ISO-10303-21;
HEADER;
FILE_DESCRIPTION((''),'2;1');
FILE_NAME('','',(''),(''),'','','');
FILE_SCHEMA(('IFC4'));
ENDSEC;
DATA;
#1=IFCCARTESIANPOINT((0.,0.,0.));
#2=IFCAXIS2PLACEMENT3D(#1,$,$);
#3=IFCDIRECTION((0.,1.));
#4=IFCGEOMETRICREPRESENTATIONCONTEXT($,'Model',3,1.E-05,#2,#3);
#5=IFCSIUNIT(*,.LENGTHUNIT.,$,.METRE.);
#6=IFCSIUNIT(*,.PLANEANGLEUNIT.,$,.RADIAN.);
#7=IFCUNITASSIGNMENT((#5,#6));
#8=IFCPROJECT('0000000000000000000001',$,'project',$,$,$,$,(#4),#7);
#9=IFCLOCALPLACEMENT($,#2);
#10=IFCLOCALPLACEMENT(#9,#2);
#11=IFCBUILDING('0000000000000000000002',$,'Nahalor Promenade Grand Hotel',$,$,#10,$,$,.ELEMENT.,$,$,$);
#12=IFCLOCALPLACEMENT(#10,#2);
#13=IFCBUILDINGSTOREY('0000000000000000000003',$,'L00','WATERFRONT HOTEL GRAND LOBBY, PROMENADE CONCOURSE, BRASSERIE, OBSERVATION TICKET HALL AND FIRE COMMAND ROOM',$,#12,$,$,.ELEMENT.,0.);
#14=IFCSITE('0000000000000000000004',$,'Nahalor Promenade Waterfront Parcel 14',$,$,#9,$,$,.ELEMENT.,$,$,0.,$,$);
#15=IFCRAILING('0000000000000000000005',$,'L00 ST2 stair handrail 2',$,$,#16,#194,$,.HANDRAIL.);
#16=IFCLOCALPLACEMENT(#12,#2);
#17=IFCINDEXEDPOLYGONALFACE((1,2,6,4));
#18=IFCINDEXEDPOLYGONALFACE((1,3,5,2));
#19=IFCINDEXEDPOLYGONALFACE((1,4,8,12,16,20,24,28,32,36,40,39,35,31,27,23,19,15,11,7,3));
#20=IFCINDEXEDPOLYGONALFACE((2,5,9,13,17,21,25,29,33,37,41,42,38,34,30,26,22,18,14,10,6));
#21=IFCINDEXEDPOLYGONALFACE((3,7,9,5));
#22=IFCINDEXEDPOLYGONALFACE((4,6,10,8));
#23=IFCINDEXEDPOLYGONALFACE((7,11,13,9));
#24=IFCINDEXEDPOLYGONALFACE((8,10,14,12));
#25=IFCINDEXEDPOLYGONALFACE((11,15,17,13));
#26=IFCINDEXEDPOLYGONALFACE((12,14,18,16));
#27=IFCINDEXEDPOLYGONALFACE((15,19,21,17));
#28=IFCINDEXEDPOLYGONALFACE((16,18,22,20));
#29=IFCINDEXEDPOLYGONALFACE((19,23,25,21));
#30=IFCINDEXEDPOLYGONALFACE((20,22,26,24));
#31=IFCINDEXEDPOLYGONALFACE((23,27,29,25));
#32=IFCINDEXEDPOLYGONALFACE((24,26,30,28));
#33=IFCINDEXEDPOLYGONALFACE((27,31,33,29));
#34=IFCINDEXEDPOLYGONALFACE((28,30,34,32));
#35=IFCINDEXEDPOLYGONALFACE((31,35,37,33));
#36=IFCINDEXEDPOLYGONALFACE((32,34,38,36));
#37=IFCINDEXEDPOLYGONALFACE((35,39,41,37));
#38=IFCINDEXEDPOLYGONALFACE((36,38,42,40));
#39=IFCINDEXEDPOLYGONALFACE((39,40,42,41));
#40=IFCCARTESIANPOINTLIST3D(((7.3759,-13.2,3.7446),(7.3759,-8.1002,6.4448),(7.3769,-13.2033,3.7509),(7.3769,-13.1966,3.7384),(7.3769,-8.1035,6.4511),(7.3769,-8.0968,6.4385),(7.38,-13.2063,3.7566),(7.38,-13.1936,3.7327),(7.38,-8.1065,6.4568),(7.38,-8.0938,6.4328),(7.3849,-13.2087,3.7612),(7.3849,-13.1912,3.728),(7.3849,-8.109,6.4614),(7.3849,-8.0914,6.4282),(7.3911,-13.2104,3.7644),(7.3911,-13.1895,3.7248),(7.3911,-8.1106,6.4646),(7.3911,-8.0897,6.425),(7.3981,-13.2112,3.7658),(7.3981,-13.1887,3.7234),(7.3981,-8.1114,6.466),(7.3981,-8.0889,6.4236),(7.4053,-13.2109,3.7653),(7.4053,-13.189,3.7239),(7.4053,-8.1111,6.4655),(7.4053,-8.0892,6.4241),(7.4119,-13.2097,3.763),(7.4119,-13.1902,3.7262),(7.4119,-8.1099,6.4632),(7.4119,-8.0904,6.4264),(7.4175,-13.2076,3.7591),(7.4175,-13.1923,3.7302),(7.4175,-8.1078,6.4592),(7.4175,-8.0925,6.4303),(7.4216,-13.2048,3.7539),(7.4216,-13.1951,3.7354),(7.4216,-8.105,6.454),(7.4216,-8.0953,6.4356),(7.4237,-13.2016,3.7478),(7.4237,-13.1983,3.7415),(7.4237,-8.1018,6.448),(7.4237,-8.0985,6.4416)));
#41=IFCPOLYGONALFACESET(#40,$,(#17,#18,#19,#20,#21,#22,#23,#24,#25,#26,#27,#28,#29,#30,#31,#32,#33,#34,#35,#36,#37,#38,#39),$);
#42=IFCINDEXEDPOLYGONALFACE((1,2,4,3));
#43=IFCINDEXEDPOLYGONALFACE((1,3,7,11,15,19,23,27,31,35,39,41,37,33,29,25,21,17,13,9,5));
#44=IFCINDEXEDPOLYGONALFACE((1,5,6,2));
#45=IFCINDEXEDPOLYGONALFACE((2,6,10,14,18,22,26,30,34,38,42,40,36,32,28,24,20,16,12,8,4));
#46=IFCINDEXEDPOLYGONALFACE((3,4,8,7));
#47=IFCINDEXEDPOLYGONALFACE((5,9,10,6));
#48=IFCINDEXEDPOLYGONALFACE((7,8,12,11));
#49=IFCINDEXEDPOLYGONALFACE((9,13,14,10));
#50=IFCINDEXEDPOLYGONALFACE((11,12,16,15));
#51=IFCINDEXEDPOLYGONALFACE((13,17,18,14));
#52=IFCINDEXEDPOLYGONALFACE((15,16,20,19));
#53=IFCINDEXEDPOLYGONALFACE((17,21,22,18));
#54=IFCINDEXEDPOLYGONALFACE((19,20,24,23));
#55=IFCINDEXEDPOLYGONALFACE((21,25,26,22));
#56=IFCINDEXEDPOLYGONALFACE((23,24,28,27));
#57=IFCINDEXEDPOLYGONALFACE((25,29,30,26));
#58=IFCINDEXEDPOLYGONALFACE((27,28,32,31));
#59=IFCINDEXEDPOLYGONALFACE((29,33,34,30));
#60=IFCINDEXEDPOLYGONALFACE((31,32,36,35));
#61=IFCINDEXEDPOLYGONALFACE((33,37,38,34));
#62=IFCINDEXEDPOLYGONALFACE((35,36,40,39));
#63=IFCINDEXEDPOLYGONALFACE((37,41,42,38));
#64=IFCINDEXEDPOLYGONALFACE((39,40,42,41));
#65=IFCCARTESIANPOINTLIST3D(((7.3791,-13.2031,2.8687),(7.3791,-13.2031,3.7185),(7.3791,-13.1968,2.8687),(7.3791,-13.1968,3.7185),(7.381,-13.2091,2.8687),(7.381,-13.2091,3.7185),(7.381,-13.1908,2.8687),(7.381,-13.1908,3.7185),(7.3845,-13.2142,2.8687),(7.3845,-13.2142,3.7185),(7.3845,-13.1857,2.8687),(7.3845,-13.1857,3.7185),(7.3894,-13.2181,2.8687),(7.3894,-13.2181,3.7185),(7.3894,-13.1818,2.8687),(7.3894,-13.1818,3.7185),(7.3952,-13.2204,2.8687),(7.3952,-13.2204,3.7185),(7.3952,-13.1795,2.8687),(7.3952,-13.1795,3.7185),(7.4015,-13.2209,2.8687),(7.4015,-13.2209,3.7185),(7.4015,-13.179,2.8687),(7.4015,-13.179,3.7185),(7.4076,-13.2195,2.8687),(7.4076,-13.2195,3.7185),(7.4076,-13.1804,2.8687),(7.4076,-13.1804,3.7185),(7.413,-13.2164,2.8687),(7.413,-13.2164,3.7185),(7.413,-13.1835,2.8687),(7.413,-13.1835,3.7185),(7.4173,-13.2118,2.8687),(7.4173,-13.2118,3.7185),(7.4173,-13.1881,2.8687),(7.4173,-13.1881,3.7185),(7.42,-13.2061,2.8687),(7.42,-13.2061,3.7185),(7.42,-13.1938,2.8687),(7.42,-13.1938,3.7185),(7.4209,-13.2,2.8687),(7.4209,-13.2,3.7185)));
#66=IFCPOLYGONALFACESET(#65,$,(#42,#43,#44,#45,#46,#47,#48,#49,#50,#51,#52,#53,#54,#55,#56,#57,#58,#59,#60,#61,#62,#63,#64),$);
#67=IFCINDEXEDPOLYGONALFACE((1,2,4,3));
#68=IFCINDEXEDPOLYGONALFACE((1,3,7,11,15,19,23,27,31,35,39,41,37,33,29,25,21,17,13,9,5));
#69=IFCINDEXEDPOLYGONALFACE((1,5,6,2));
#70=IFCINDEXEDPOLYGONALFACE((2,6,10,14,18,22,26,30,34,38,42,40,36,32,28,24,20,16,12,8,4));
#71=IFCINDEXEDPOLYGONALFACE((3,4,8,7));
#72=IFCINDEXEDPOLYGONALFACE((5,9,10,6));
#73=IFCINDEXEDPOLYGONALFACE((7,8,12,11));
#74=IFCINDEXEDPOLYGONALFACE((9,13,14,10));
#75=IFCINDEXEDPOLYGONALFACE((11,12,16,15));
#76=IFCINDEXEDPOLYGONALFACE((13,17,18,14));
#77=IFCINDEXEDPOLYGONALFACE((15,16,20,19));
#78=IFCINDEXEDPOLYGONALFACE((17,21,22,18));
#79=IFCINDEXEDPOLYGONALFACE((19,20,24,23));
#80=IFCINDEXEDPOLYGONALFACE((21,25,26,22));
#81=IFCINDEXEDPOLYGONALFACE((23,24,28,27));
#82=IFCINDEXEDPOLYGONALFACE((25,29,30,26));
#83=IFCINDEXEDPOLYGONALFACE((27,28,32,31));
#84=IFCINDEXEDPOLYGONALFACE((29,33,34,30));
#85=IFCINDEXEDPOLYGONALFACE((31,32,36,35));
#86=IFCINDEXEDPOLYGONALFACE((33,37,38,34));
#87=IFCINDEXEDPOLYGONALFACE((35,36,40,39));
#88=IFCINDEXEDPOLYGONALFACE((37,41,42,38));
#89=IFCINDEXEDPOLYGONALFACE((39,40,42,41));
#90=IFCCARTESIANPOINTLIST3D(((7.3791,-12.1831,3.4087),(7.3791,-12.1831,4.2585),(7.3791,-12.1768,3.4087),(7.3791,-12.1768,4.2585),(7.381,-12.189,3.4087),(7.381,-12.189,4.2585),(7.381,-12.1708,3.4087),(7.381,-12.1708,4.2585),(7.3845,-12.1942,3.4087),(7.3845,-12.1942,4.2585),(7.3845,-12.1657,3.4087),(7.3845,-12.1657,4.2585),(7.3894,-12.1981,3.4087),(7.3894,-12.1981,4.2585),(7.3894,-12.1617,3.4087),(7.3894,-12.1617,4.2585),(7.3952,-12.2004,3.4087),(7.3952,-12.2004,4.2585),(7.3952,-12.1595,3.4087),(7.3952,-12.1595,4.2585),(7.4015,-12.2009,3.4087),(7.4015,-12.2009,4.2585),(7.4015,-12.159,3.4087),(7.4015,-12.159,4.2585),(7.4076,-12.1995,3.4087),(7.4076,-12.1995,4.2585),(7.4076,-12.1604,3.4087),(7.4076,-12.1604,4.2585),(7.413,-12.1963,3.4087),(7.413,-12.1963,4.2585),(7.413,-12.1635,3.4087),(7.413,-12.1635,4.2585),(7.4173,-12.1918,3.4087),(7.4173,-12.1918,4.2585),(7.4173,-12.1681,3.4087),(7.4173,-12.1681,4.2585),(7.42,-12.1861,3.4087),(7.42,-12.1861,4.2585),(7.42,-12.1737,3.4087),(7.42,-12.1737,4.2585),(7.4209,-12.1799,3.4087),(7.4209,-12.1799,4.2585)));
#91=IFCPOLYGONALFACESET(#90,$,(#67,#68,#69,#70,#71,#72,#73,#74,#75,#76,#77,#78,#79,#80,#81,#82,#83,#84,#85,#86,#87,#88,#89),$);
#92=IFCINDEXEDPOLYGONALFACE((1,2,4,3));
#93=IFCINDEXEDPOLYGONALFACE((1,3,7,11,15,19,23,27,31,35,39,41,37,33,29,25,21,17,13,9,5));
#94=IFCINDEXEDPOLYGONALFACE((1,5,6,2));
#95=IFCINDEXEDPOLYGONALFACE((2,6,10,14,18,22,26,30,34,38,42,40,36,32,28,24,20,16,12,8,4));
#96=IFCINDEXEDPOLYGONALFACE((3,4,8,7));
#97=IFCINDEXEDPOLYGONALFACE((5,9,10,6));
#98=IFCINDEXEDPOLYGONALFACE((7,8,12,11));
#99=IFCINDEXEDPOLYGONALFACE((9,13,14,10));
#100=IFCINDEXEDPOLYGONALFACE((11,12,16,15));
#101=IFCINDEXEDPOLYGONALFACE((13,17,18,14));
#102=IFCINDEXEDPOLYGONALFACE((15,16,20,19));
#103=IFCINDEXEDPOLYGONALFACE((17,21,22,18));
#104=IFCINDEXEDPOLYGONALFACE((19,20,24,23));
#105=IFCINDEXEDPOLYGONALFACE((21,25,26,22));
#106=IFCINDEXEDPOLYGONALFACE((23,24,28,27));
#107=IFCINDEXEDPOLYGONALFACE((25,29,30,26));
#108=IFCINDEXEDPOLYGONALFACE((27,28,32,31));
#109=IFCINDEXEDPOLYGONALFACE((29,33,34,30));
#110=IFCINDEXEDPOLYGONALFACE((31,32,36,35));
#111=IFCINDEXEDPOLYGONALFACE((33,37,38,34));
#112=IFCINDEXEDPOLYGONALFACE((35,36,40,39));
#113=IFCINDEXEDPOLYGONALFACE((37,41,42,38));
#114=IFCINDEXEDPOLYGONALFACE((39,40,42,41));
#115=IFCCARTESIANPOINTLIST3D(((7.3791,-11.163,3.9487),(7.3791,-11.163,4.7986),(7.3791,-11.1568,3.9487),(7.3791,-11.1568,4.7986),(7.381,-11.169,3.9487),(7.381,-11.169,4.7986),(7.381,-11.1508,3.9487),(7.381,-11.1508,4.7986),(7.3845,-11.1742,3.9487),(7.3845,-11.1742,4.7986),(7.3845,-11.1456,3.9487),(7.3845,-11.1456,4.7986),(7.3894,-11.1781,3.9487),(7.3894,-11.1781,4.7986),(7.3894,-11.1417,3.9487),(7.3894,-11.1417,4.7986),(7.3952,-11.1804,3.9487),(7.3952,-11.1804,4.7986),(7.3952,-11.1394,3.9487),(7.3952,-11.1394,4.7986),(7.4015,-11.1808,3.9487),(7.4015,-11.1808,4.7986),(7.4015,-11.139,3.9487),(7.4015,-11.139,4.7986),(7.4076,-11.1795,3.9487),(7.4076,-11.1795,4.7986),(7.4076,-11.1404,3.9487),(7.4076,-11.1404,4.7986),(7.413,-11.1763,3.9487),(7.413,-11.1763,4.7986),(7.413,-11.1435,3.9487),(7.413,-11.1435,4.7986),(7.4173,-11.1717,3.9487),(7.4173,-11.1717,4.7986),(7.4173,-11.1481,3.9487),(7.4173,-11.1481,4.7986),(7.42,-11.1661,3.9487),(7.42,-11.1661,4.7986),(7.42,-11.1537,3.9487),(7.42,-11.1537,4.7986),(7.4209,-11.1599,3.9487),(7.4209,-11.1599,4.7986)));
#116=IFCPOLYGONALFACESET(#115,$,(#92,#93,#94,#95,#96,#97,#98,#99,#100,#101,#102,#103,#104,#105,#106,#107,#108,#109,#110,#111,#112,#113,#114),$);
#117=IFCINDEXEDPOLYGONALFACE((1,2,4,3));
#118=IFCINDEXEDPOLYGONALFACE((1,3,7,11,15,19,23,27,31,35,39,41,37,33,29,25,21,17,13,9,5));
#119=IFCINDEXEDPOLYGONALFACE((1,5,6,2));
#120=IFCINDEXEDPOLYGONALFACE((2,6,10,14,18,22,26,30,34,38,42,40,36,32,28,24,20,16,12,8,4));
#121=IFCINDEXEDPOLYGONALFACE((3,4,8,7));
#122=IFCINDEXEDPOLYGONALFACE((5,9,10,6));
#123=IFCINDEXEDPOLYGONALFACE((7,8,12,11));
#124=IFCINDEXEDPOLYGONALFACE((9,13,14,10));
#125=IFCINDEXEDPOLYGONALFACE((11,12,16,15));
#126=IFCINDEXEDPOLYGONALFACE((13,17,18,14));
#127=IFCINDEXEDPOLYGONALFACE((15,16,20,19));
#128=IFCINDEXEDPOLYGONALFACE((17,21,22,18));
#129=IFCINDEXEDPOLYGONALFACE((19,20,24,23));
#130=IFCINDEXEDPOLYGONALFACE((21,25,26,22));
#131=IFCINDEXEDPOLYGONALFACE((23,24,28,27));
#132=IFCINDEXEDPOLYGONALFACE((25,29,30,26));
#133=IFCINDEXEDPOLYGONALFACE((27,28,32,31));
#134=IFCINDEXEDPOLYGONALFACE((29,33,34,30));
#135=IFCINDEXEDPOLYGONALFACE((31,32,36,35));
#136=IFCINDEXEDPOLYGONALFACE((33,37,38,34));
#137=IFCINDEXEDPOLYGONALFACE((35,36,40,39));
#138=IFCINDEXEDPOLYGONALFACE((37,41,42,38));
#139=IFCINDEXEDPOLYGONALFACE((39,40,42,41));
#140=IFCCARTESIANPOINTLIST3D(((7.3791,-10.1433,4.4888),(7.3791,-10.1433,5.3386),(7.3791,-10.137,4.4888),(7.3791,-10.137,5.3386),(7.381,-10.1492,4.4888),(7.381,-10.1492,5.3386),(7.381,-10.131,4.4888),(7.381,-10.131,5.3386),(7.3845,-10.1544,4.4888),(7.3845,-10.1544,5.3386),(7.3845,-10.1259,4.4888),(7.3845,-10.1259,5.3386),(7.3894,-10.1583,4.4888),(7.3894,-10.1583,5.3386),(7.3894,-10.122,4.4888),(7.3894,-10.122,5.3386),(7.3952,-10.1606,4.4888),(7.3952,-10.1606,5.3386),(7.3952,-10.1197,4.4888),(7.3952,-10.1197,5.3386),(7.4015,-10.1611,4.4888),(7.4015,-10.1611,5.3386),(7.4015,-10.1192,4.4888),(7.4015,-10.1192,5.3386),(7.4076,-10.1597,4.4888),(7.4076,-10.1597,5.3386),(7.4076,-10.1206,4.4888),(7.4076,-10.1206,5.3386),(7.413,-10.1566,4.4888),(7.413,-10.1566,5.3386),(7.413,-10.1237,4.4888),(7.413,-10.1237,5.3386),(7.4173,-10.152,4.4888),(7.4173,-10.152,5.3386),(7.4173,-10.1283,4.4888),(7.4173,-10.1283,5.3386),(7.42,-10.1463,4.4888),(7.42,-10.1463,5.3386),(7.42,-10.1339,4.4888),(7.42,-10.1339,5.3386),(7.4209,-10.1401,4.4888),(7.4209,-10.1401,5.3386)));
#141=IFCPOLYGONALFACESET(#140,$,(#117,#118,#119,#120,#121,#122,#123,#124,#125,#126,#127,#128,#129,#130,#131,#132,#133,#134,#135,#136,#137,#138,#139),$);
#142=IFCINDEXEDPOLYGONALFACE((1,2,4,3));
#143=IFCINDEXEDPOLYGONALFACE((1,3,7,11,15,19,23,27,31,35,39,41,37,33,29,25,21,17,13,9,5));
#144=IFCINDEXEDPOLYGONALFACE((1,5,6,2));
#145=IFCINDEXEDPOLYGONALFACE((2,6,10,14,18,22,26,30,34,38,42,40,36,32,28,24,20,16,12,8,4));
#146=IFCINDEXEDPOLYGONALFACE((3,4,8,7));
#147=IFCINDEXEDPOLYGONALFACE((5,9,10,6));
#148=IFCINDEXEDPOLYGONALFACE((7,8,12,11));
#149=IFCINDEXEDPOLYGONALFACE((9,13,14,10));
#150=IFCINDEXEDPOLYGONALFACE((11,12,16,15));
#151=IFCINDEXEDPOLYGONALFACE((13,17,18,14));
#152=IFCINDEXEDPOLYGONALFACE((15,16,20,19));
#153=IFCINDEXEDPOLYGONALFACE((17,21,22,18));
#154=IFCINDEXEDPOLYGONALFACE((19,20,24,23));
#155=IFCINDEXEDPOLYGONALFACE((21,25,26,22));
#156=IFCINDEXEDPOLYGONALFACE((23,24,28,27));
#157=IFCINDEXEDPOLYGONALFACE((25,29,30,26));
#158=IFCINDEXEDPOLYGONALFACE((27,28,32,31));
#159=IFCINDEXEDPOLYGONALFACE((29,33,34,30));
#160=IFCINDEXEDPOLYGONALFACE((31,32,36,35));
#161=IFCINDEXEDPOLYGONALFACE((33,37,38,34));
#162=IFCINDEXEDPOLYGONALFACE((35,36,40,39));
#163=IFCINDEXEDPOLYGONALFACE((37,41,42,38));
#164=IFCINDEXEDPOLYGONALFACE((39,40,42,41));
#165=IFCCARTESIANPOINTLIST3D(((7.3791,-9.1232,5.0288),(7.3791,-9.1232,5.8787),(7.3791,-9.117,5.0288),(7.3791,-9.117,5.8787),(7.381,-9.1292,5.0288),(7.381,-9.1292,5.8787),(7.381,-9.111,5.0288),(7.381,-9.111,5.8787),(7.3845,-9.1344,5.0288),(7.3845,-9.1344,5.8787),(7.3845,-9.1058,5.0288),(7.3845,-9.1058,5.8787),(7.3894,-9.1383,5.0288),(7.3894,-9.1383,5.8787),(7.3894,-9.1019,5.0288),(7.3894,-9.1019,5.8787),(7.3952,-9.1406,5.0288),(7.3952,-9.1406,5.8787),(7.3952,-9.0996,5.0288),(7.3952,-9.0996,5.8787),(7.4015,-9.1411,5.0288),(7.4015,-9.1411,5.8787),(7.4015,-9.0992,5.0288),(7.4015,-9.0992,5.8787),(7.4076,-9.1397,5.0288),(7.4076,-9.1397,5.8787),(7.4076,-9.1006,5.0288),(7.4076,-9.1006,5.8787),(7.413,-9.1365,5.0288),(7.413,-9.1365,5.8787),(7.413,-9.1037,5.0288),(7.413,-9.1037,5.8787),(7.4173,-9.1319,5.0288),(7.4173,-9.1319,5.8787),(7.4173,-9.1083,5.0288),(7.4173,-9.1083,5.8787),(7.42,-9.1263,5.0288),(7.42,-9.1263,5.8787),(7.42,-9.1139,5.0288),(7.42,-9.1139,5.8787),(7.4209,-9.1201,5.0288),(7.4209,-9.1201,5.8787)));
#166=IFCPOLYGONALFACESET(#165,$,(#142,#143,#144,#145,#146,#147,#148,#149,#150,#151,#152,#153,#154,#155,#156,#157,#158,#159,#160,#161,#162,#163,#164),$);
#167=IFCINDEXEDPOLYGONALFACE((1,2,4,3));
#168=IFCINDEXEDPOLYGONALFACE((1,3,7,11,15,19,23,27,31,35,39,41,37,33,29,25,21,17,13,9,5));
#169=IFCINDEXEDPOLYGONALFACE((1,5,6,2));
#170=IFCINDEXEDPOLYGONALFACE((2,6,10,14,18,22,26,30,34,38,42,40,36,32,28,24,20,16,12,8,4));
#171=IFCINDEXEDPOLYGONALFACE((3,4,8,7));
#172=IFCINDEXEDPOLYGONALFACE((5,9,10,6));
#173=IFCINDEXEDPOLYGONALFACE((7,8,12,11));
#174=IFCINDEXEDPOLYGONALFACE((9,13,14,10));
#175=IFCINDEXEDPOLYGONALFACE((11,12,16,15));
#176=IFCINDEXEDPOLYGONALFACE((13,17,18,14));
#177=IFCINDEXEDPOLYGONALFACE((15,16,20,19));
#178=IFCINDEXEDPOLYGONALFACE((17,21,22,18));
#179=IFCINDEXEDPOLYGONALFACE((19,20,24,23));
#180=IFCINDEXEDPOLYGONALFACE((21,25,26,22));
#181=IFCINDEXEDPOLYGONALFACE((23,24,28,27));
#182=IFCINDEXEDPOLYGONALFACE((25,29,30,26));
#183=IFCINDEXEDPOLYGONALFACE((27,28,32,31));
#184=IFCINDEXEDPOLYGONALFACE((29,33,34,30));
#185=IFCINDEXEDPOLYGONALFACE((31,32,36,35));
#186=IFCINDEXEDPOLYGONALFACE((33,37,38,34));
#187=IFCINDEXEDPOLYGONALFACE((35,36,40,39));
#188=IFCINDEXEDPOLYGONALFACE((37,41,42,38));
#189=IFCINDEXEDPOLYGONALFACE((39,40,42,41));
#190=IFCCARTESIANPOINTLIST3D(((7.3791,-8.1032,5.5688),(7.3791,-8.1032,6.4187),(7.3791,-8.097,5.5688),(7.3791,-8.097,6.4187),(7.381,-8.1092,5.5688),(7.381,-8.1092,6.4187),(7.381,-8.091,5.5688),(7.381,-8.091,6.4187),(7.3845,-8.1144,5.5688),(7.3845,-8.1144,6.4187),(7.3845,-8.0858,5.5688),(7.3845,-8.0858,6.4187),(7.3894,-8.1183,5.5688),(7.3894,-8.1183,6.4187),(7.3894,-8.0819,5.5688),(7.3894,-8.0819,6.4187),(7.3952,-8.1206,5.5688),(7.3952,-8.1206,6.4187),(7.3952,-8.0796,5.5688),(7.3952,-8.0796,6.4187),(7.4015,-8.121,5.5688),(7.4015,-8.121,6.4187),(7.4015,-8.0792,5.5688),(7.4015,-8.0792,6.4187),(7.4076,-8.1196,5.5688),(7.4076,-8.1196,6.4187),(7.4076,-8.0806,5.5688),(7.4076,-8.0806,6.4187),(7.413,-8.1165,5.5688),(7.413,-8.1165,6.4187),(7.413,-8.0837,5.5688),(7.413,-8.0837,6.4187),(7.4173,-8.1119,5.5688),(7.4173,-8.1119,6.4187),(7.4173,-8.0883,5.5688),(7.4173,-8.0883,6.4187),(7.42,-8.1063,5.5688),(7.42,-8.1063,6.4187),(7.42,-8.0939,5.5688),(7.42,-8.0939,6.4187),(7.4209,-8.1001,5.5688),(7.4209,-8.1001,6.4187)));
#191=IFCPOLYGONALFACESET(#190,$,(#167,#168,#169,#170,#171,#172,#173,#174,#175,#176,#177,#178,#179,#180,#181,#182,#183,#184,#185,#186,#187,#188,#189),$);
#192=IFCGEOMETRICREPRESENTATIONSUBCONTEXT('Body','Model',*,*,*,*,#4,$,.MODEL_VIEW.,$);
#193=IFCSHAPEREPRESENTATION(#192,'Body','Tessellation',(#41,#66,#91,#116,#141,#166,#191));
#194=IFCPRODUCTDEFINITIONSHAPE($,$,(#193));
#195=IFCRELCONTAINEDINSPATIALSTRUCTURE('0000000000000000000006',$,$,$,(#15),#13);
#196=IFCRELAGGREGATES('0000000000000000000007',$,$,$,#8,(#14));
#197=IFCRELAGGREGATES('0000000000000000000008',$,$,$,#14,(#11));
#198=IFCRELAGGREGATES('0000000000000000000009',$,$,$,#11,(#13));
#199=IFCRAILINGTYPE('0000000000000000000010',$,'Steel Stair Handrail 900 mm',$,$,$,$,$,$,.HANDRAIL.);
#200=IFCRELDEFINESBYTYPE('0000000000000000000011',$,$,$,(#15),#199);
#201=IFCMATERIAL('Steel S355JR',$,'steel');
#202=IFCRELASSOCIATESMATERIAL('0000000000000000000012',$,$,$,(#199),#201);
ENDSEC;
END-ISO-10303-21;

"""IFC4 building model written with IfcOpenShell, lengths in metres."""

from ifc_helpers import new_model, si_unit, direction, frame, origin, origin_2d, place, context, subcontext, project, spatial, circle, extrude, material, type_object, element, save


model = new_model("IFC4")

# Units and contexts
model_context = context("Model", 3, precision=1e-05, world=origin(), true_north=direction((0.0, 1.0)))
body_context = subcontext(model_context, "Body", "Model", "MODEL_VIEW")
ifc_project = project(units=[si_unit("LENGTHUNIT", "METRE"), si_unit("PLANEANGLEUNIT", "RADIAN")], contexts=[model_context])

# Site, building, storey
site_placement = place(None, origin())
site = spatial("IfcSite", under=ifc_project, at=site_placement, Name="Nahalor Promenade Waterfront Parcel 14", CompositionType="ELEMENT", RefElevation=0.0)
building_placement = place(site_placement, origin())
building = spatial("IfcBuilding", under=site, at=building_placement, Name="Nahalor Promenade Grand Hotel", CompositionType="ELEMENT")
storey_placement = place(building_placement, origin())
storey = spatial("IfcBuildingStorey", under=building, at=storey_placement, Name="L00", Description="WATERFRONT HOTEL GRAND LOBBY, PROMENADE CONCOURSE, BRASSERIE, OBSERVATION TICKET HALL AND FIRE COMMAND ROOM", CompositionType="ELEMENT", Elevation=0.0)

# Shared definitions
ifc_material_1 = material(Name="Steel S355JR", Category="steel")

# Railing
railing_type_1 = type_object("IfcRailingType", Name="Steel Stair Handrail 900 mm", PredefinedType="HANDRAIL", material=ifc_material_1)
railing_1_placement = place(storey_placement, frame((7.3999, -13.2, 2.8687)))
element("IfcRailing", 1, at=railing_1_placement, inside=storey, type_object=railing_type_1, Name="L00 ST2 stair handrail 2", PredefinedType="HANDRAIL", context=body_context, shape_type="SweptSolid", body=[
    extrude(circle(Radius=0.024, at=origin_2d()), frame((0.0, 0.0, 0.876), z_axis=(0.0, 0.883768, 0.467925), x_axis=(-1.0, 0.0, 0.0)), (0.0, 0.0, 1.0), 5.7705),
    extrude(circle(Radius=0.021, at=origin_2d()), origin(), (0.0, 0.0, 1.0), 0.8499),
    extrude(circle(Radius=0.021, at=origin_2d()), frame((0.0, 1.02, 0.54)), (0.0, 0.0, 1.0), 0.8499),
    extrude(circle(Radius=0.021, at=origin_2d()), frame((0.0, 2.04, 1.0801)), (0.0, 0.0, 1.0), 0.8499),
    extrude(circle(Radius=0.021, at=origin_2d()), frame((0.0, 3.0598, 1.6201)), (0.0, 0.0, 1.0), 0.8499),
    extrude(circle(Radius=0.021, at=origin_2d()), frame((0.0, 4.0798, 2.1602)), (0.0, 0.0, 1.0), 0.8499),
    extrude(circle(Radius=0.021, at=origin_2d()), frame((0.0, 5.0999, 2.7002)), (0.0, 0.0, 1.0), 0.8499),
])

save(model, "model.ifc")
